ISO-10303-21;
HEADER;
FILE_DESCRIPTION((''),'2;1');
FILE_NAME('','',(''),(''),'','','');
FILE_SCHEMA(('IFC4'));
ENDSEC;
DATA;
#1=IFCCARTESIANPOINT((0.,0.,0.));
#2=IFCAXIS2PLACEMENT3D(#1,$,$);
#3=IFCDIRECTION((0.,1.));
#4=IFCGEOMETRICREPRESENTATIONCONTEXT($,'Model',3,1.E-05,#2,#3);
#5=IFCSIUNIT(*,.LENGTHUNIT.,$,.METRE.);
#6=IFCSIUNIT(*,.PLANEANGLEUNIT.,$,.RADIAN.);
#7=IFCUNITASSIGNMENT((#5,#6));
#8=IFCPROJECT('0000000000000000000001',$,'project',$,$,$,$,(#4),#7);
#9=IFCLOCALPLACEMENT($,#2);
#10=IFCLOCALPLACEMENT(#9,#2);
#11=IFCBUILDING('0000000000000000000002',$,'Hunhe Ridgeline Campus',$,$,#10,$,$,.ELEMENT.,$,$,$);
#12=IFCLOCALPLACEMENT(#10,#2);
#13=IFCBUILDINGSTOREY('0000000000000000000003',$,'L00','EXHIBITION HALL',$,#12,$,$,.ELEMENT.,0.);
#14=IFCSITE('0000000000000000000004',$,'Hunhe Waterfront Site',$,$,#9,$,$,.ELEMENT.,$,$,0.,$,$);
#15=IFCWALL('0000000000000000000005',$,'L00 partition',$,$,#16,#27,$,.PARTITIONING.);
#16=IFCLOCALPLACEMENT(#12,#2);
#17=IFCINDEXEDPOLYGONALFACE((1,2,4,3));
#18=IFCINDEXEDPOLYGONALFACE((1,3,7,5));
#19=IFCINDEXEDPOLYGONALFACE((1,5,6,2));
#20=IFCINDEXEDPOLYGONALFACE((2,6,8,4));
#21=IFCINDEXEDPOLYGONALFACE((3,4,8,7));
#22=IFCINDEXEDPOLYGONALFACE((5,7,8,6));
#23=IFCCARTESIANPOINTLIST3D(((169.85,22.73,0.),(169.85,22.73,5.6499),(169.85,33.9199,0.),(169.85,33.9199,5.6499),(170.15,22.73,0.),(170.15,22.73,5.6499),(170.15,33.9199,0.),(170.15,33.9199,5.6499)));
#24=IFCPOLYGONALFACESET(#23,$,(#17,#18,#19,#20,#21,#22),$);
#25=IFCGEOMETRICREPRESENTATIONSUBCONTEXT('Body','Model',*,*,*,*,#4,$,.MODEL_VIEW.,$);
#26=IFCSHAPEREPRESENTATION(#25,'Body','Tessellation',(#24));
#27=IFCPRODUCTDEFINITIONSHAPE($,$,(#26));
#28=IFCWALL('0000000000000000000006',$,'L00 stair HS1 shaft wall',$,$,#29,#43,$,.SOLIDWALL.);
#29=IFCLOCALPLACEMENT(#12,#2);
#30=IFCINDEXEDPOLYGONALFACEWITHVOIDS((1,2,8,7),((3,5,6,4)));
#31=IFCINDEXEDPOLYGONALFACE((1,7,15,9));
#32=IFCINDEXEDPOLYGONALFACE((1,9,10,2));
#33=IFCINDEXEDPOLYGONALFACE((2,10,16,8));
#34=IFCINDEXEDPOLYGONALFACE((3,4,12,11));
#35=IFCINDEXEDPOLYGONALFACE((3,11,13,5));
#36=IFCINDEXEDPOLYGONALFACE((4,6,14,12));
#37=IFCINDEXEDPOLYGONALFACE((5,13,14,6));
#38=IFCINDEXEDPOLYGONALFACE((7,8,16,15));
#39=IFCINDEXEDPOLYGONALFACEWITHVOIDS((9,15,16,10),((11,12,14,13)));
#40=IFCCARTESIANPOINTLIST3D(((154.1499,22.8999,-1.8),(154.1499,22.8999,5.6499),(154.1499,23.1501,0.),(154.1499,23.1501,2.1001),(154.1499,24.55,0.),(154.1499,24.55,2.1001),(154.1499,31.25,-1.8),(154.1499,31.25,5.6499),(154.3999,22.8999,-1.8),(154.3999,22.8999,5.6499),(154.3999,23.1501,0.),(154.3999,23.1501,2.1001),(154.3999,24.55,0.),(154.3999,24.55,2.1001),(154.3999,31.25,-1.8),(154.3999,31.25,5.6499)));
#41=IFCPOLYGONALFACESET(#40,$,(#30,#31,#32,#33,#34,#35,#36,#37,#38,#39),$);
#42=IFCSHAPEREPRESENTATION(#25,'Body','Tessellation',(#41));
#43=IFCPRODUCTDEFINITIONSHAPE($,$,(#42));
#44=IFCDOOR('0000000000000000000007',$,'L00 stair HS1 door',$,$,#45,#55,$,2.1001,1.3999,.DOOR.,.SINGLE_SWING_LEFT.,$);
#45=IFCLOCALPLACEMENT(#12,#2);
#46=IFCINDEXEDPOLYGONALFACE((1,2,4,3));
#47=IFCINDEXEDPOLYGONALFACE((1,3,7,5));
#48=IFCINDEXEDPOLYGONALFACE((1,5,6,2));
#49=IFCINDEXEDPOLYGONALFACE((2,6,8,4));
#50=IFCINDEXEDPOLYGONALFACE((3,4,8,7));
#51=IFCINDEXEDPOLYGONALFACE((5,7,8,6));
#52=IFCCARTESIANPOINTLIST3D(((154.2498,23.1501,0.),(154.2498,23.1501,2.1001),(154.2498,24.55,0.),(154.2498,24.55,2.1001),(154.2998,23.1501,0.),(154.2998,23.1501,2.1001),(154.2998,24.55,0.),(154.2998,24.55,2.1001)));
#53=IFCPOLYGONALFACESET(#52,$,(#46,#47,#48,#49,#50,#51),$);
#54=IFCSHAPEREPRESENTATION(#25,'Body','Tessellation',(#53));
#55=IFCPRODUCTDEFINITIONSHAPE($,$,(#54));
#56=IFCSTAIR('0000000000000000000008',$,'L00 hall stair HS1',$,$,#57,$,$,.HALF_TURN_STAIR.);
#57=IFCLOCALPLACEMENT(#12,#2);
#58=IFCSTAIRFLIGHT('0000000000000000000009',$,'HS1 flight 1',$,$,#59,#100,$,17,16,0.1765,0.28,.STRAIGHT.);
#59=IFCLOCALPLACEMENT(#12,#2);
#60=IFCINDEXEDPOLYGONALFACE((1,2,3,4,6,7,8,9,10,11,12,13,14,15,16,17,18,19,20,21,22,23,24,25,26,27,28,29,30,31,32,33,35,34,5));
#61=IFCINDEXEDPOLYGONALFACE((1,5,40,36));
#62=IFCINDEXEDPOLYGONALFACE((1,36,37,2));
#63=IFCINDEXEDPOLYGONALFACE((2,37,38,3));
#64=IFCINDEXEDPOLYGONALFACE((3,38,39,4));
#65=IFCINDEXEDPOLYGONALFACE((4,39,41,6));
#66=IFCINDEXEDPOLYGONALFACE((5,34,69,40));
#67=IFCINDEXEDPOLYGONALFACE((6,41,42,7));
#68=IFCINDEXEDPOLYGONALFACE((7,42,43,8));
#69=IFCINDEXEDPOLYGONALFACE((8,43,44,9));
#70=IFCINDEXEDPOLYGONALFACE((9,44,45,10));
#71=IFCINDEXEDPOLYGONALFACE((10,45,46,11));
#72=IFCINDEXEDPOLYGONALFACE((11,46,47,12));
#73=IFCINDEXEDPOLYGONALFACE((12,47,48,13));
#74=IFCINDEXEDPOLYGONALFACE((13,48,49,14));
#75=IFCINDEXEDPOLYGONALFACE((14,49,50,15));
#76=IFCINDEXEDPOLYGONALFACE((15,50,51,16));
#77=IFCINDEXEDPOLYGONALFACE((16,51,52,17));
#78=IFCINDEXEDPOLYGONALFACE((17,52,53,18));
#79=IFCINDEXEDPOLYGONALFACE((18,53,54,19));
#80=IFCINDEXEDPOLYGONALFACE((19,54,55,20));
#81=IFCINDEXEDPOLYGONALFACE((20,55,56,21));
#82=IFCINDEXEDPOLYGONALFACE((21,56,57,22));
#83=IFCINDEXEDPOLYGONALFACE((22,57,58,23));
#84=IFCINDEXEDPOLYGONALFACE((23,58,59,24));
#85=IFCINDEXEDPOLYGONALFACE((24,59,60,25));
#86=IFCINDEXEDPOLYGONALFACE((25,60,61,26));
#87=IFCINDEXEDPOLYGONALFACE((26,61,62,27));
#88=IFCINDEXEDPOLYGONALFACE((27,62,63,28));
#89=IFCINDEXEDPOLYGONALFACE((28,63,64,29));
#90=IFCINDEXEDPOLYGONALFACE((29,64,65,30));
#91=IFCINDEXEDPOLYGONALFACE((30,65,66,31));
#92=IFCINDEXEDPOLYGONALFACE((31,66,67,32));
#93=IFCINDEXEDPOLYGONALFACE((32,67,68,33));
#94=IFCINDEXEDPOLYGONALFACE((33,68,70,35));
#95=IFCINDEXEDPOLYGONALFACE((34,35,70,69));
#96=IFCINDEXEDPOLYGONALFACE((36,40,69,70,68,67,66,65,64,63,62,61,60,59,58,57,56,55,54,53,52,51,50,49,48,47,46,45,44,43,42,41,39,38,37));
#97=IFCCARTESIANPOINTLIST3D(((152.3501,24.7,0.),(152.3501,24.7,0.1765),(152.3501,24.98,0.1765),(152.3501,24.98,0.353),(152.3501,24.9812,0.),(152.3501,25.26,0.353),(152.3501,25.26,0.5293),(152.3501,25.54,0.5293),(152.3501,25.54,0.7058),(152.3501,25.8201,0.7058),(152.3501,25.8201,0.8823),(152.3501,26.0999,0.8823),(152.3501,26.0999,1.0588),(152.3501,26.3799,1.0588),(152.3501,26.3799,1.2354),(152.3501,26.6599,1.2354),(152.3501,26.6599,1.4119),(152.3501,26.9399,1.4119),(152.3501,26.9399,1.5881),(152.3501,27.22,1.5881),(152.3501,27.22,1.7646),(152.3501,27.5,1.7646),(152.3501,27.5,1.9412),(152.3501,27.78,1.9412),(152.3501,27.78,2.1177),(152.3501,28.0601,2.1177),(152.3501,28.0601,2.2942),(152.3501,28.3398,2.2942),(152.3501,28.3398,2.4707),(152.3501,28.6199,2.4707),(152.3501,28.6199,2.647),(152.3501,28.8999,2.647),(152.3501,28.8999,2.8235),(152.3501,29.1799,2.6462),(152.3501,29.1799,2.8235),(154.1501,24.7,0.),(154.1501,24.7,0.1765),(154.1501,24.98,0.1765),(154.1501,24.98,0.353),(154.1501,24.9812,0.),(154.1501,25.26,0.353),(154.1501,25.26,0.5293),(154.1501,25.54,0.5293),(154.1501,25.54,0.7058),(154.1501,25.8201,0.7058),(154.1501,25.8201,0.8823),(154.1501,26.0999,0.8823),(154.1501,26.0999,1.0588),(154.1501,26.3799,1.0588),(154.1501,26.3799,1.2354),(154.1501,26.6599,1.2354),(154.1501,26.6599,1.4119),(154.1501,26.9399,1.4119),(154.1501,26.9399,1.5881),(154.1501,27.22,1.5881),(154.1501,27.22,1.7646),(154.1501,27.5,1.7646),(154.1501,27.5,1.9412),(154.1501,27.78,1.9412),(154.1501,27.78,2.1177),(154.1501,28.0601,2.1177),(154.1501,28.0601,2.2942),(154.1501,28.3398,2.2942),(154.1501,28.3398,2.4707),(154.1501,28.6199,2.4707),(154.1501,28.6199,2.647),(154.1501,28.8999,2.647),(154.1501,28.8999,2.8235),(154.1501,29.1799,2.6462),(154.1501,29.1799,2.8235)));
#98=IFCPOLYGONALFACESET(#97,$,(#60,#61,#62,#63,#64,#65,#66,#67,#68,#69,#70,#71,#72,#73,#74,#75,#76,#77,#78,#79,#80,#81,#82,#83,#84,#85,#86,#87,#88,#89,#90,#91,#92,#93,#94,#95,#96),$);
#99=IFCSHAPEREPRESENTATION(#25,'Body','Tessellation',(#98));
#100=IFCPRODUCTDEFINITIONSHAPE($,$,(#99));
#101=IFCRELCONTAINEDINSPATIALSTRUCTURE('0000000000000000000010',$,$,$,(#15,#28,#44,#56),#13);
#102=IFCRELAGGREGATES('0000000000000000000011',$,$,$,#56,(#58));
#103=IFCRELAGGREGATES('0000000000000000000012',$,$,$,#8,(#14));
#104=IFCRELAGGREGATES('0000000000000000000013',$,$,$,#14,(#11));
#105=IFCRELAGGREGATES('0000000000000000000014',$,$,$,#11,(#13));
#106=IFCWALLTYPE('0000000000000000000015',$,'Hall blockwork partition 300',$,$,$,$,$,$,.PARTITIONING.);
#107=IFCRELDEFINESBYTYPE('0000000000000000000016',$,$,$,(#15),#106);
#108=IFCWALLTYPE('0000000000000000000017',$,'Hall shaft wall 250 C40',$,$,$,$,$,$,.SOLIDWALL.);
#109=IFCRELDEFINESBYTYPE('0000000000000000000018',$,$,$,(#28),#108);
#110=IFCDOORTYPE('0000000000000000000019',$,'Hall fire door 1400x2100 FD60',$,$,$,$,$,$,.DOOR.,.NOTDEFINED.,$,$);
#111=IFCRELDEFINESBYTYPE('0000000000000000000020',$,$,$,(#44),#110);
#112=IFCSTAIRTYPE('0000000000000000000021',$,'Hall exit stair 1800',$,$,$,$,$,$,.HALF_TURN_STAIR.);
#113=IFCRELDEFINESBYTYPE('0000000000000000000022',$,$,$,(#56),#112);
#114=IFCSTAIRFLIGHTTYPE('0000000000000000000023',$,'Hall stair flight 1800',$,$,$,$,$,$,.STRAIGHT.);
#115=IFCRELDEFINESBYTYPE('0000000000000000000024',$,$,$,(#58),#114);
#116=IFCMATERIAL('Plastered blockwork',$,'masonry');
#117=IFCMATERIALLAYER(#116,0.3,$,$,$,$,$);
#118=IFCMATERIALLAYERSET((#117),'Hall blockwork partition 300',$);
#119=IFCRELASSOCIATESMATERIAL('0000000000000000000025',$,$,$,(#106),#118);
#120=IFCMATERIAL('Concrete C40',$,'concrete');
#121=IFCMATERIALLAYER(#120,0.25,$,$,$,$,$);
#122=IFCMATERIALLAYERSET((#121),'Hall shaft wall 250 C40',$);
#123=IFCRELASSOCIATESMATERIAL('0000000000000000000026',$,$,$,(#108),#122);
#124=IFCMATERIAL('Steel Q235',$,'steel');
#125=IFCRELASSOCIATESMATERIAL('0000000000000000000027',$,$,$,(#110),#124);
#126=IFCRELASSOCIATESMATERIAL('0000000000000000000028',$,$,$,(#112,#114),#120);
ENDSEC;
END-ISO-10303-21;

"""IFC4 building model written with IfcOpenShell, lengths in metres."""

from ifc_helpers import new_model, si_unit, direction, frame, frame_2d, origin, place, context, subcontext, project, spatial, polyline, rectangle, outline, extrude, material, layer, layer_set, type_object, element, fill, aggregate, save


model = new_model("IFC4")

# Units and contexts
model_context = context("Model", 3, precision=1e-05, world=origin(), true_north=direction((0.0, 1.0)))
body_context = subcontext(model_context, "Body", "Model", "MODEL_VIEW")
ifc_project = project(units=[si_unit("LENGTHUNIT", "METRE"), si_unit("PLANEANGLEUNIT", "RADIAN")], contexts=[model_context])

# Site, building, storey
site_placement = place(None, origin())
site = spatial("IfcSite", under=ifc_project, at=site_placement, Name="Hunhe Waterfront Site", CompositionType="ELEMENT", RefElevation=0.0)
building_placement = place(site_placement, origin())
building = spatial("IfcBuilding", under=site, at=building_placement, Name="Hunhe Ridgeline Campus", CompositionType="ELEMENT")
storey_placement = place(building_placement, origin())
storey = spatial("IfcBuildingStorey", under=building, at=storey_placement, Name="L00", Description="EXHIBITION HALL", CompositionType="ELEMENT", Elevation=0.0)

# Shared definitions
ifc_material_1 = material(Name="Plastered blockwork", Category="masonry")
ifc_layer_1 = layer(ifc_material_1, 0.3)
ifc_layer_set_1 = layer_set([ifc_layer_1], Name="Hall blockwork partition 300")
wall_type_1 = type_object("IfcWallType", Name="Hall blockwork partition 300", PredefinedType="PARTITIONING", material=ifc_layer_set_1)

# Wall
for number, where, z_axis, x_axis, name in (
    (1, (170.0, 22.73, 0.0), (0.0, 0.0, 1.0), (0.0, 1.0, 0.0), "L00 partition"),
):
    element("IfcWall", number, at=place(storey_placement, frame(where, z_axis=z_axis, x_axis=x_axis)), inside=storey, type_object=wall_type_1, Name=name, PredefinedType="PARTITIONING", context=body_context, shape_type="SweptSolid", body=[
        extrude(rectangle(XDim=11.1899, YDim=0.3, at=frame_2d((5.595, 0.0))), origin(), (0.0, 0.0, 1.0), 5.6499),
    ])

# Wall, opening, door
ifc_material_2 = material(Name="Concrete C40", Category="concrete")
ifc_layer_2 = layer(ifc_material_2, 0.25)
ifc_layer_set_2 = layer_set([ifc_layer_2], Name="Hall shaft wall 250 C40")
wall_type_2 = type_object("IfcWallType", Name="Hall shaft wall 250 C40", PredefinedType="SOLIDWALL", material=ifc_layer_set_2)
wall_1_placement = place(storey_placement, frame((154.2749, 31.25, -1.8), z_axis=(0.0, 0.0, 1.0), x_axis=(0.0, -1.0, 0.0)))
wall_1 = element("IfcWall", 2, at=wall_1_placement, inside=storey, type_object=wall_type_2, Name="L00 stair HS1 shaft wall", PredefinedType="SOLIDWALL", context=body_context, shape_type="SweptSolid", body=[
    extrude(rectangle(XDim=8.3501, YDim=0.25, at=frame_2d((4.175, 0.0))), origin(), (0.0, 0.0, 1.0), 7.45),
])
opening_1_placement = place(wall_1_placement, frame((6.7, 0.0, 1.8)))
opening_1 = element("IfcOpeningElement", 3, at=opening_1_placement, cuts=wall_1, PredefinedType="OPENING", context=body_context, shape_type="SweptSolid", body=[
    extrude(rectangle(XDim=1.3999, YDim=2.1001, at=frame_2d((0.7, 1.05))), frame((0.0, 0.125, 0.0), z_axis=(0.0, -1.0, 0.0), x_axis=(1.0, 0.0, 0.0)), (0.0, 0.0, 1.0), 0.25),
])
ifc_material_3 = material(Name="Steel Q235", Category="steel")
door_type_1 = type_object("IfcDoorType", Name="Hall fire door 1400x2100 FD60", OperationType="NOTDEFINED", PredefinedType="DOOR", material=ifc_material_3)
door_1_placement = place(opening_1_placement, origin())
door_1 = element("IfcDoor", 4, at=door_1_placement, inside=storey, type_object=door_type_1, Name="L00 stair HS1 door", OperationType="SINGLE_SWING_LEFT", OverallHeight=2.1001, OverallWidth=1.3999, PredefinedType="DOOR", context=body_context, shape_type="SweptSolid", body=[
    extrude(rectangle(XDim=1.3999, YDim=2.1001, at=frame_2d((0.7, 1.05))), frame((0.0, 0.0249, 0.0), z_axis=(0.0, -1.0, 0.0), x_axis=(1.0, 0.0, 0.0)), (0.0, 0.0, 1.0), 0.05),
])
fill(opening_1, door_1)

# Stair, stair flight
stair_type = type_object("IfcStairType", Name="Hall exit stair 1800", PredefinedType="HALF_TURN_STAIR", material=ifc_material_2)
stair_placement = place(storey_placement, origin())
stair = element("IfcStair", 5, at=stair_placement, inside=storey, type_object=stair_type, Name="L00 hall stair HS1", PredefinedType="HALF_TURN_STAIR")
stair_flight_type = type_object("IfcStairFlightType", Name="Hall stair flight 1800", PredefinedType="STRAIGHT", material=ifc_material_2)
stair_flight_placement = place(storey_placement, frame((153.25, 24.7, 0.0), z_axis=(0.0, 0.0, 1.0), x_axis=(0.0, 1.0, 0.0)))
stair_flight = element("IfcStairFlight", 6, at=stair_flight_placement, type_object=stair_flight_type, Name="HS1 flight 1", NumberOfRisers=17, NumberOfTreads=16, PredefinedType="STRAIGHT", RiserHeight=0.1765, TreadLength=0.28, context=body_context, shape_type="SweptSolid", body=[
    extrude(outline(polyline([(0.0, 0.0), (0.0, 0.1765), (0.28, 0.1765), (0.28, 0.353), (0.5601, 0.353), (0.5601, 0.5293), (0.8401, 0.5293), (0.8401, 0.7058), (1.1201, 0.7058), (1.1201, 0.8823), (1.3999, 0.8823), (1.3999, 1.0588), (1.6799, 1.0588), (1.6799, 1.2354), (1.96, 1.2354), (1.96, 1.4119), (2.24, 1.4119), (2.24, 1.5881), (2.52, 1.5881), (2.52, 1.7646), (2.8, 1.7646), (2.8, 1.9412), (3.0801, 1.9412), (3.0801, 2.1177), (3.3601, 2.1177), (3.3601, 2.2942), (3.6399, 2.2942), (3.6399, 2.4707), (3.9199, 2.4707), (3.9199, 2.647), (4.2, 2.647), (4.2, 2.8235), (4.48, 2.8235), (4.48, 3.0), (4.48, 2.6462), (0.2812, 0.0), (0.0, 0.0)])), frame((0.0, 0.8999, 0.0), z_axis=(0.0, -1.0, 0.0), x_axis=(1.0, 0.0, 0.0)), (0.0, 0.0, 1.0), 1.8),
])
aggregate(stair, [stair_flight])

save(model, "model.ifc")
